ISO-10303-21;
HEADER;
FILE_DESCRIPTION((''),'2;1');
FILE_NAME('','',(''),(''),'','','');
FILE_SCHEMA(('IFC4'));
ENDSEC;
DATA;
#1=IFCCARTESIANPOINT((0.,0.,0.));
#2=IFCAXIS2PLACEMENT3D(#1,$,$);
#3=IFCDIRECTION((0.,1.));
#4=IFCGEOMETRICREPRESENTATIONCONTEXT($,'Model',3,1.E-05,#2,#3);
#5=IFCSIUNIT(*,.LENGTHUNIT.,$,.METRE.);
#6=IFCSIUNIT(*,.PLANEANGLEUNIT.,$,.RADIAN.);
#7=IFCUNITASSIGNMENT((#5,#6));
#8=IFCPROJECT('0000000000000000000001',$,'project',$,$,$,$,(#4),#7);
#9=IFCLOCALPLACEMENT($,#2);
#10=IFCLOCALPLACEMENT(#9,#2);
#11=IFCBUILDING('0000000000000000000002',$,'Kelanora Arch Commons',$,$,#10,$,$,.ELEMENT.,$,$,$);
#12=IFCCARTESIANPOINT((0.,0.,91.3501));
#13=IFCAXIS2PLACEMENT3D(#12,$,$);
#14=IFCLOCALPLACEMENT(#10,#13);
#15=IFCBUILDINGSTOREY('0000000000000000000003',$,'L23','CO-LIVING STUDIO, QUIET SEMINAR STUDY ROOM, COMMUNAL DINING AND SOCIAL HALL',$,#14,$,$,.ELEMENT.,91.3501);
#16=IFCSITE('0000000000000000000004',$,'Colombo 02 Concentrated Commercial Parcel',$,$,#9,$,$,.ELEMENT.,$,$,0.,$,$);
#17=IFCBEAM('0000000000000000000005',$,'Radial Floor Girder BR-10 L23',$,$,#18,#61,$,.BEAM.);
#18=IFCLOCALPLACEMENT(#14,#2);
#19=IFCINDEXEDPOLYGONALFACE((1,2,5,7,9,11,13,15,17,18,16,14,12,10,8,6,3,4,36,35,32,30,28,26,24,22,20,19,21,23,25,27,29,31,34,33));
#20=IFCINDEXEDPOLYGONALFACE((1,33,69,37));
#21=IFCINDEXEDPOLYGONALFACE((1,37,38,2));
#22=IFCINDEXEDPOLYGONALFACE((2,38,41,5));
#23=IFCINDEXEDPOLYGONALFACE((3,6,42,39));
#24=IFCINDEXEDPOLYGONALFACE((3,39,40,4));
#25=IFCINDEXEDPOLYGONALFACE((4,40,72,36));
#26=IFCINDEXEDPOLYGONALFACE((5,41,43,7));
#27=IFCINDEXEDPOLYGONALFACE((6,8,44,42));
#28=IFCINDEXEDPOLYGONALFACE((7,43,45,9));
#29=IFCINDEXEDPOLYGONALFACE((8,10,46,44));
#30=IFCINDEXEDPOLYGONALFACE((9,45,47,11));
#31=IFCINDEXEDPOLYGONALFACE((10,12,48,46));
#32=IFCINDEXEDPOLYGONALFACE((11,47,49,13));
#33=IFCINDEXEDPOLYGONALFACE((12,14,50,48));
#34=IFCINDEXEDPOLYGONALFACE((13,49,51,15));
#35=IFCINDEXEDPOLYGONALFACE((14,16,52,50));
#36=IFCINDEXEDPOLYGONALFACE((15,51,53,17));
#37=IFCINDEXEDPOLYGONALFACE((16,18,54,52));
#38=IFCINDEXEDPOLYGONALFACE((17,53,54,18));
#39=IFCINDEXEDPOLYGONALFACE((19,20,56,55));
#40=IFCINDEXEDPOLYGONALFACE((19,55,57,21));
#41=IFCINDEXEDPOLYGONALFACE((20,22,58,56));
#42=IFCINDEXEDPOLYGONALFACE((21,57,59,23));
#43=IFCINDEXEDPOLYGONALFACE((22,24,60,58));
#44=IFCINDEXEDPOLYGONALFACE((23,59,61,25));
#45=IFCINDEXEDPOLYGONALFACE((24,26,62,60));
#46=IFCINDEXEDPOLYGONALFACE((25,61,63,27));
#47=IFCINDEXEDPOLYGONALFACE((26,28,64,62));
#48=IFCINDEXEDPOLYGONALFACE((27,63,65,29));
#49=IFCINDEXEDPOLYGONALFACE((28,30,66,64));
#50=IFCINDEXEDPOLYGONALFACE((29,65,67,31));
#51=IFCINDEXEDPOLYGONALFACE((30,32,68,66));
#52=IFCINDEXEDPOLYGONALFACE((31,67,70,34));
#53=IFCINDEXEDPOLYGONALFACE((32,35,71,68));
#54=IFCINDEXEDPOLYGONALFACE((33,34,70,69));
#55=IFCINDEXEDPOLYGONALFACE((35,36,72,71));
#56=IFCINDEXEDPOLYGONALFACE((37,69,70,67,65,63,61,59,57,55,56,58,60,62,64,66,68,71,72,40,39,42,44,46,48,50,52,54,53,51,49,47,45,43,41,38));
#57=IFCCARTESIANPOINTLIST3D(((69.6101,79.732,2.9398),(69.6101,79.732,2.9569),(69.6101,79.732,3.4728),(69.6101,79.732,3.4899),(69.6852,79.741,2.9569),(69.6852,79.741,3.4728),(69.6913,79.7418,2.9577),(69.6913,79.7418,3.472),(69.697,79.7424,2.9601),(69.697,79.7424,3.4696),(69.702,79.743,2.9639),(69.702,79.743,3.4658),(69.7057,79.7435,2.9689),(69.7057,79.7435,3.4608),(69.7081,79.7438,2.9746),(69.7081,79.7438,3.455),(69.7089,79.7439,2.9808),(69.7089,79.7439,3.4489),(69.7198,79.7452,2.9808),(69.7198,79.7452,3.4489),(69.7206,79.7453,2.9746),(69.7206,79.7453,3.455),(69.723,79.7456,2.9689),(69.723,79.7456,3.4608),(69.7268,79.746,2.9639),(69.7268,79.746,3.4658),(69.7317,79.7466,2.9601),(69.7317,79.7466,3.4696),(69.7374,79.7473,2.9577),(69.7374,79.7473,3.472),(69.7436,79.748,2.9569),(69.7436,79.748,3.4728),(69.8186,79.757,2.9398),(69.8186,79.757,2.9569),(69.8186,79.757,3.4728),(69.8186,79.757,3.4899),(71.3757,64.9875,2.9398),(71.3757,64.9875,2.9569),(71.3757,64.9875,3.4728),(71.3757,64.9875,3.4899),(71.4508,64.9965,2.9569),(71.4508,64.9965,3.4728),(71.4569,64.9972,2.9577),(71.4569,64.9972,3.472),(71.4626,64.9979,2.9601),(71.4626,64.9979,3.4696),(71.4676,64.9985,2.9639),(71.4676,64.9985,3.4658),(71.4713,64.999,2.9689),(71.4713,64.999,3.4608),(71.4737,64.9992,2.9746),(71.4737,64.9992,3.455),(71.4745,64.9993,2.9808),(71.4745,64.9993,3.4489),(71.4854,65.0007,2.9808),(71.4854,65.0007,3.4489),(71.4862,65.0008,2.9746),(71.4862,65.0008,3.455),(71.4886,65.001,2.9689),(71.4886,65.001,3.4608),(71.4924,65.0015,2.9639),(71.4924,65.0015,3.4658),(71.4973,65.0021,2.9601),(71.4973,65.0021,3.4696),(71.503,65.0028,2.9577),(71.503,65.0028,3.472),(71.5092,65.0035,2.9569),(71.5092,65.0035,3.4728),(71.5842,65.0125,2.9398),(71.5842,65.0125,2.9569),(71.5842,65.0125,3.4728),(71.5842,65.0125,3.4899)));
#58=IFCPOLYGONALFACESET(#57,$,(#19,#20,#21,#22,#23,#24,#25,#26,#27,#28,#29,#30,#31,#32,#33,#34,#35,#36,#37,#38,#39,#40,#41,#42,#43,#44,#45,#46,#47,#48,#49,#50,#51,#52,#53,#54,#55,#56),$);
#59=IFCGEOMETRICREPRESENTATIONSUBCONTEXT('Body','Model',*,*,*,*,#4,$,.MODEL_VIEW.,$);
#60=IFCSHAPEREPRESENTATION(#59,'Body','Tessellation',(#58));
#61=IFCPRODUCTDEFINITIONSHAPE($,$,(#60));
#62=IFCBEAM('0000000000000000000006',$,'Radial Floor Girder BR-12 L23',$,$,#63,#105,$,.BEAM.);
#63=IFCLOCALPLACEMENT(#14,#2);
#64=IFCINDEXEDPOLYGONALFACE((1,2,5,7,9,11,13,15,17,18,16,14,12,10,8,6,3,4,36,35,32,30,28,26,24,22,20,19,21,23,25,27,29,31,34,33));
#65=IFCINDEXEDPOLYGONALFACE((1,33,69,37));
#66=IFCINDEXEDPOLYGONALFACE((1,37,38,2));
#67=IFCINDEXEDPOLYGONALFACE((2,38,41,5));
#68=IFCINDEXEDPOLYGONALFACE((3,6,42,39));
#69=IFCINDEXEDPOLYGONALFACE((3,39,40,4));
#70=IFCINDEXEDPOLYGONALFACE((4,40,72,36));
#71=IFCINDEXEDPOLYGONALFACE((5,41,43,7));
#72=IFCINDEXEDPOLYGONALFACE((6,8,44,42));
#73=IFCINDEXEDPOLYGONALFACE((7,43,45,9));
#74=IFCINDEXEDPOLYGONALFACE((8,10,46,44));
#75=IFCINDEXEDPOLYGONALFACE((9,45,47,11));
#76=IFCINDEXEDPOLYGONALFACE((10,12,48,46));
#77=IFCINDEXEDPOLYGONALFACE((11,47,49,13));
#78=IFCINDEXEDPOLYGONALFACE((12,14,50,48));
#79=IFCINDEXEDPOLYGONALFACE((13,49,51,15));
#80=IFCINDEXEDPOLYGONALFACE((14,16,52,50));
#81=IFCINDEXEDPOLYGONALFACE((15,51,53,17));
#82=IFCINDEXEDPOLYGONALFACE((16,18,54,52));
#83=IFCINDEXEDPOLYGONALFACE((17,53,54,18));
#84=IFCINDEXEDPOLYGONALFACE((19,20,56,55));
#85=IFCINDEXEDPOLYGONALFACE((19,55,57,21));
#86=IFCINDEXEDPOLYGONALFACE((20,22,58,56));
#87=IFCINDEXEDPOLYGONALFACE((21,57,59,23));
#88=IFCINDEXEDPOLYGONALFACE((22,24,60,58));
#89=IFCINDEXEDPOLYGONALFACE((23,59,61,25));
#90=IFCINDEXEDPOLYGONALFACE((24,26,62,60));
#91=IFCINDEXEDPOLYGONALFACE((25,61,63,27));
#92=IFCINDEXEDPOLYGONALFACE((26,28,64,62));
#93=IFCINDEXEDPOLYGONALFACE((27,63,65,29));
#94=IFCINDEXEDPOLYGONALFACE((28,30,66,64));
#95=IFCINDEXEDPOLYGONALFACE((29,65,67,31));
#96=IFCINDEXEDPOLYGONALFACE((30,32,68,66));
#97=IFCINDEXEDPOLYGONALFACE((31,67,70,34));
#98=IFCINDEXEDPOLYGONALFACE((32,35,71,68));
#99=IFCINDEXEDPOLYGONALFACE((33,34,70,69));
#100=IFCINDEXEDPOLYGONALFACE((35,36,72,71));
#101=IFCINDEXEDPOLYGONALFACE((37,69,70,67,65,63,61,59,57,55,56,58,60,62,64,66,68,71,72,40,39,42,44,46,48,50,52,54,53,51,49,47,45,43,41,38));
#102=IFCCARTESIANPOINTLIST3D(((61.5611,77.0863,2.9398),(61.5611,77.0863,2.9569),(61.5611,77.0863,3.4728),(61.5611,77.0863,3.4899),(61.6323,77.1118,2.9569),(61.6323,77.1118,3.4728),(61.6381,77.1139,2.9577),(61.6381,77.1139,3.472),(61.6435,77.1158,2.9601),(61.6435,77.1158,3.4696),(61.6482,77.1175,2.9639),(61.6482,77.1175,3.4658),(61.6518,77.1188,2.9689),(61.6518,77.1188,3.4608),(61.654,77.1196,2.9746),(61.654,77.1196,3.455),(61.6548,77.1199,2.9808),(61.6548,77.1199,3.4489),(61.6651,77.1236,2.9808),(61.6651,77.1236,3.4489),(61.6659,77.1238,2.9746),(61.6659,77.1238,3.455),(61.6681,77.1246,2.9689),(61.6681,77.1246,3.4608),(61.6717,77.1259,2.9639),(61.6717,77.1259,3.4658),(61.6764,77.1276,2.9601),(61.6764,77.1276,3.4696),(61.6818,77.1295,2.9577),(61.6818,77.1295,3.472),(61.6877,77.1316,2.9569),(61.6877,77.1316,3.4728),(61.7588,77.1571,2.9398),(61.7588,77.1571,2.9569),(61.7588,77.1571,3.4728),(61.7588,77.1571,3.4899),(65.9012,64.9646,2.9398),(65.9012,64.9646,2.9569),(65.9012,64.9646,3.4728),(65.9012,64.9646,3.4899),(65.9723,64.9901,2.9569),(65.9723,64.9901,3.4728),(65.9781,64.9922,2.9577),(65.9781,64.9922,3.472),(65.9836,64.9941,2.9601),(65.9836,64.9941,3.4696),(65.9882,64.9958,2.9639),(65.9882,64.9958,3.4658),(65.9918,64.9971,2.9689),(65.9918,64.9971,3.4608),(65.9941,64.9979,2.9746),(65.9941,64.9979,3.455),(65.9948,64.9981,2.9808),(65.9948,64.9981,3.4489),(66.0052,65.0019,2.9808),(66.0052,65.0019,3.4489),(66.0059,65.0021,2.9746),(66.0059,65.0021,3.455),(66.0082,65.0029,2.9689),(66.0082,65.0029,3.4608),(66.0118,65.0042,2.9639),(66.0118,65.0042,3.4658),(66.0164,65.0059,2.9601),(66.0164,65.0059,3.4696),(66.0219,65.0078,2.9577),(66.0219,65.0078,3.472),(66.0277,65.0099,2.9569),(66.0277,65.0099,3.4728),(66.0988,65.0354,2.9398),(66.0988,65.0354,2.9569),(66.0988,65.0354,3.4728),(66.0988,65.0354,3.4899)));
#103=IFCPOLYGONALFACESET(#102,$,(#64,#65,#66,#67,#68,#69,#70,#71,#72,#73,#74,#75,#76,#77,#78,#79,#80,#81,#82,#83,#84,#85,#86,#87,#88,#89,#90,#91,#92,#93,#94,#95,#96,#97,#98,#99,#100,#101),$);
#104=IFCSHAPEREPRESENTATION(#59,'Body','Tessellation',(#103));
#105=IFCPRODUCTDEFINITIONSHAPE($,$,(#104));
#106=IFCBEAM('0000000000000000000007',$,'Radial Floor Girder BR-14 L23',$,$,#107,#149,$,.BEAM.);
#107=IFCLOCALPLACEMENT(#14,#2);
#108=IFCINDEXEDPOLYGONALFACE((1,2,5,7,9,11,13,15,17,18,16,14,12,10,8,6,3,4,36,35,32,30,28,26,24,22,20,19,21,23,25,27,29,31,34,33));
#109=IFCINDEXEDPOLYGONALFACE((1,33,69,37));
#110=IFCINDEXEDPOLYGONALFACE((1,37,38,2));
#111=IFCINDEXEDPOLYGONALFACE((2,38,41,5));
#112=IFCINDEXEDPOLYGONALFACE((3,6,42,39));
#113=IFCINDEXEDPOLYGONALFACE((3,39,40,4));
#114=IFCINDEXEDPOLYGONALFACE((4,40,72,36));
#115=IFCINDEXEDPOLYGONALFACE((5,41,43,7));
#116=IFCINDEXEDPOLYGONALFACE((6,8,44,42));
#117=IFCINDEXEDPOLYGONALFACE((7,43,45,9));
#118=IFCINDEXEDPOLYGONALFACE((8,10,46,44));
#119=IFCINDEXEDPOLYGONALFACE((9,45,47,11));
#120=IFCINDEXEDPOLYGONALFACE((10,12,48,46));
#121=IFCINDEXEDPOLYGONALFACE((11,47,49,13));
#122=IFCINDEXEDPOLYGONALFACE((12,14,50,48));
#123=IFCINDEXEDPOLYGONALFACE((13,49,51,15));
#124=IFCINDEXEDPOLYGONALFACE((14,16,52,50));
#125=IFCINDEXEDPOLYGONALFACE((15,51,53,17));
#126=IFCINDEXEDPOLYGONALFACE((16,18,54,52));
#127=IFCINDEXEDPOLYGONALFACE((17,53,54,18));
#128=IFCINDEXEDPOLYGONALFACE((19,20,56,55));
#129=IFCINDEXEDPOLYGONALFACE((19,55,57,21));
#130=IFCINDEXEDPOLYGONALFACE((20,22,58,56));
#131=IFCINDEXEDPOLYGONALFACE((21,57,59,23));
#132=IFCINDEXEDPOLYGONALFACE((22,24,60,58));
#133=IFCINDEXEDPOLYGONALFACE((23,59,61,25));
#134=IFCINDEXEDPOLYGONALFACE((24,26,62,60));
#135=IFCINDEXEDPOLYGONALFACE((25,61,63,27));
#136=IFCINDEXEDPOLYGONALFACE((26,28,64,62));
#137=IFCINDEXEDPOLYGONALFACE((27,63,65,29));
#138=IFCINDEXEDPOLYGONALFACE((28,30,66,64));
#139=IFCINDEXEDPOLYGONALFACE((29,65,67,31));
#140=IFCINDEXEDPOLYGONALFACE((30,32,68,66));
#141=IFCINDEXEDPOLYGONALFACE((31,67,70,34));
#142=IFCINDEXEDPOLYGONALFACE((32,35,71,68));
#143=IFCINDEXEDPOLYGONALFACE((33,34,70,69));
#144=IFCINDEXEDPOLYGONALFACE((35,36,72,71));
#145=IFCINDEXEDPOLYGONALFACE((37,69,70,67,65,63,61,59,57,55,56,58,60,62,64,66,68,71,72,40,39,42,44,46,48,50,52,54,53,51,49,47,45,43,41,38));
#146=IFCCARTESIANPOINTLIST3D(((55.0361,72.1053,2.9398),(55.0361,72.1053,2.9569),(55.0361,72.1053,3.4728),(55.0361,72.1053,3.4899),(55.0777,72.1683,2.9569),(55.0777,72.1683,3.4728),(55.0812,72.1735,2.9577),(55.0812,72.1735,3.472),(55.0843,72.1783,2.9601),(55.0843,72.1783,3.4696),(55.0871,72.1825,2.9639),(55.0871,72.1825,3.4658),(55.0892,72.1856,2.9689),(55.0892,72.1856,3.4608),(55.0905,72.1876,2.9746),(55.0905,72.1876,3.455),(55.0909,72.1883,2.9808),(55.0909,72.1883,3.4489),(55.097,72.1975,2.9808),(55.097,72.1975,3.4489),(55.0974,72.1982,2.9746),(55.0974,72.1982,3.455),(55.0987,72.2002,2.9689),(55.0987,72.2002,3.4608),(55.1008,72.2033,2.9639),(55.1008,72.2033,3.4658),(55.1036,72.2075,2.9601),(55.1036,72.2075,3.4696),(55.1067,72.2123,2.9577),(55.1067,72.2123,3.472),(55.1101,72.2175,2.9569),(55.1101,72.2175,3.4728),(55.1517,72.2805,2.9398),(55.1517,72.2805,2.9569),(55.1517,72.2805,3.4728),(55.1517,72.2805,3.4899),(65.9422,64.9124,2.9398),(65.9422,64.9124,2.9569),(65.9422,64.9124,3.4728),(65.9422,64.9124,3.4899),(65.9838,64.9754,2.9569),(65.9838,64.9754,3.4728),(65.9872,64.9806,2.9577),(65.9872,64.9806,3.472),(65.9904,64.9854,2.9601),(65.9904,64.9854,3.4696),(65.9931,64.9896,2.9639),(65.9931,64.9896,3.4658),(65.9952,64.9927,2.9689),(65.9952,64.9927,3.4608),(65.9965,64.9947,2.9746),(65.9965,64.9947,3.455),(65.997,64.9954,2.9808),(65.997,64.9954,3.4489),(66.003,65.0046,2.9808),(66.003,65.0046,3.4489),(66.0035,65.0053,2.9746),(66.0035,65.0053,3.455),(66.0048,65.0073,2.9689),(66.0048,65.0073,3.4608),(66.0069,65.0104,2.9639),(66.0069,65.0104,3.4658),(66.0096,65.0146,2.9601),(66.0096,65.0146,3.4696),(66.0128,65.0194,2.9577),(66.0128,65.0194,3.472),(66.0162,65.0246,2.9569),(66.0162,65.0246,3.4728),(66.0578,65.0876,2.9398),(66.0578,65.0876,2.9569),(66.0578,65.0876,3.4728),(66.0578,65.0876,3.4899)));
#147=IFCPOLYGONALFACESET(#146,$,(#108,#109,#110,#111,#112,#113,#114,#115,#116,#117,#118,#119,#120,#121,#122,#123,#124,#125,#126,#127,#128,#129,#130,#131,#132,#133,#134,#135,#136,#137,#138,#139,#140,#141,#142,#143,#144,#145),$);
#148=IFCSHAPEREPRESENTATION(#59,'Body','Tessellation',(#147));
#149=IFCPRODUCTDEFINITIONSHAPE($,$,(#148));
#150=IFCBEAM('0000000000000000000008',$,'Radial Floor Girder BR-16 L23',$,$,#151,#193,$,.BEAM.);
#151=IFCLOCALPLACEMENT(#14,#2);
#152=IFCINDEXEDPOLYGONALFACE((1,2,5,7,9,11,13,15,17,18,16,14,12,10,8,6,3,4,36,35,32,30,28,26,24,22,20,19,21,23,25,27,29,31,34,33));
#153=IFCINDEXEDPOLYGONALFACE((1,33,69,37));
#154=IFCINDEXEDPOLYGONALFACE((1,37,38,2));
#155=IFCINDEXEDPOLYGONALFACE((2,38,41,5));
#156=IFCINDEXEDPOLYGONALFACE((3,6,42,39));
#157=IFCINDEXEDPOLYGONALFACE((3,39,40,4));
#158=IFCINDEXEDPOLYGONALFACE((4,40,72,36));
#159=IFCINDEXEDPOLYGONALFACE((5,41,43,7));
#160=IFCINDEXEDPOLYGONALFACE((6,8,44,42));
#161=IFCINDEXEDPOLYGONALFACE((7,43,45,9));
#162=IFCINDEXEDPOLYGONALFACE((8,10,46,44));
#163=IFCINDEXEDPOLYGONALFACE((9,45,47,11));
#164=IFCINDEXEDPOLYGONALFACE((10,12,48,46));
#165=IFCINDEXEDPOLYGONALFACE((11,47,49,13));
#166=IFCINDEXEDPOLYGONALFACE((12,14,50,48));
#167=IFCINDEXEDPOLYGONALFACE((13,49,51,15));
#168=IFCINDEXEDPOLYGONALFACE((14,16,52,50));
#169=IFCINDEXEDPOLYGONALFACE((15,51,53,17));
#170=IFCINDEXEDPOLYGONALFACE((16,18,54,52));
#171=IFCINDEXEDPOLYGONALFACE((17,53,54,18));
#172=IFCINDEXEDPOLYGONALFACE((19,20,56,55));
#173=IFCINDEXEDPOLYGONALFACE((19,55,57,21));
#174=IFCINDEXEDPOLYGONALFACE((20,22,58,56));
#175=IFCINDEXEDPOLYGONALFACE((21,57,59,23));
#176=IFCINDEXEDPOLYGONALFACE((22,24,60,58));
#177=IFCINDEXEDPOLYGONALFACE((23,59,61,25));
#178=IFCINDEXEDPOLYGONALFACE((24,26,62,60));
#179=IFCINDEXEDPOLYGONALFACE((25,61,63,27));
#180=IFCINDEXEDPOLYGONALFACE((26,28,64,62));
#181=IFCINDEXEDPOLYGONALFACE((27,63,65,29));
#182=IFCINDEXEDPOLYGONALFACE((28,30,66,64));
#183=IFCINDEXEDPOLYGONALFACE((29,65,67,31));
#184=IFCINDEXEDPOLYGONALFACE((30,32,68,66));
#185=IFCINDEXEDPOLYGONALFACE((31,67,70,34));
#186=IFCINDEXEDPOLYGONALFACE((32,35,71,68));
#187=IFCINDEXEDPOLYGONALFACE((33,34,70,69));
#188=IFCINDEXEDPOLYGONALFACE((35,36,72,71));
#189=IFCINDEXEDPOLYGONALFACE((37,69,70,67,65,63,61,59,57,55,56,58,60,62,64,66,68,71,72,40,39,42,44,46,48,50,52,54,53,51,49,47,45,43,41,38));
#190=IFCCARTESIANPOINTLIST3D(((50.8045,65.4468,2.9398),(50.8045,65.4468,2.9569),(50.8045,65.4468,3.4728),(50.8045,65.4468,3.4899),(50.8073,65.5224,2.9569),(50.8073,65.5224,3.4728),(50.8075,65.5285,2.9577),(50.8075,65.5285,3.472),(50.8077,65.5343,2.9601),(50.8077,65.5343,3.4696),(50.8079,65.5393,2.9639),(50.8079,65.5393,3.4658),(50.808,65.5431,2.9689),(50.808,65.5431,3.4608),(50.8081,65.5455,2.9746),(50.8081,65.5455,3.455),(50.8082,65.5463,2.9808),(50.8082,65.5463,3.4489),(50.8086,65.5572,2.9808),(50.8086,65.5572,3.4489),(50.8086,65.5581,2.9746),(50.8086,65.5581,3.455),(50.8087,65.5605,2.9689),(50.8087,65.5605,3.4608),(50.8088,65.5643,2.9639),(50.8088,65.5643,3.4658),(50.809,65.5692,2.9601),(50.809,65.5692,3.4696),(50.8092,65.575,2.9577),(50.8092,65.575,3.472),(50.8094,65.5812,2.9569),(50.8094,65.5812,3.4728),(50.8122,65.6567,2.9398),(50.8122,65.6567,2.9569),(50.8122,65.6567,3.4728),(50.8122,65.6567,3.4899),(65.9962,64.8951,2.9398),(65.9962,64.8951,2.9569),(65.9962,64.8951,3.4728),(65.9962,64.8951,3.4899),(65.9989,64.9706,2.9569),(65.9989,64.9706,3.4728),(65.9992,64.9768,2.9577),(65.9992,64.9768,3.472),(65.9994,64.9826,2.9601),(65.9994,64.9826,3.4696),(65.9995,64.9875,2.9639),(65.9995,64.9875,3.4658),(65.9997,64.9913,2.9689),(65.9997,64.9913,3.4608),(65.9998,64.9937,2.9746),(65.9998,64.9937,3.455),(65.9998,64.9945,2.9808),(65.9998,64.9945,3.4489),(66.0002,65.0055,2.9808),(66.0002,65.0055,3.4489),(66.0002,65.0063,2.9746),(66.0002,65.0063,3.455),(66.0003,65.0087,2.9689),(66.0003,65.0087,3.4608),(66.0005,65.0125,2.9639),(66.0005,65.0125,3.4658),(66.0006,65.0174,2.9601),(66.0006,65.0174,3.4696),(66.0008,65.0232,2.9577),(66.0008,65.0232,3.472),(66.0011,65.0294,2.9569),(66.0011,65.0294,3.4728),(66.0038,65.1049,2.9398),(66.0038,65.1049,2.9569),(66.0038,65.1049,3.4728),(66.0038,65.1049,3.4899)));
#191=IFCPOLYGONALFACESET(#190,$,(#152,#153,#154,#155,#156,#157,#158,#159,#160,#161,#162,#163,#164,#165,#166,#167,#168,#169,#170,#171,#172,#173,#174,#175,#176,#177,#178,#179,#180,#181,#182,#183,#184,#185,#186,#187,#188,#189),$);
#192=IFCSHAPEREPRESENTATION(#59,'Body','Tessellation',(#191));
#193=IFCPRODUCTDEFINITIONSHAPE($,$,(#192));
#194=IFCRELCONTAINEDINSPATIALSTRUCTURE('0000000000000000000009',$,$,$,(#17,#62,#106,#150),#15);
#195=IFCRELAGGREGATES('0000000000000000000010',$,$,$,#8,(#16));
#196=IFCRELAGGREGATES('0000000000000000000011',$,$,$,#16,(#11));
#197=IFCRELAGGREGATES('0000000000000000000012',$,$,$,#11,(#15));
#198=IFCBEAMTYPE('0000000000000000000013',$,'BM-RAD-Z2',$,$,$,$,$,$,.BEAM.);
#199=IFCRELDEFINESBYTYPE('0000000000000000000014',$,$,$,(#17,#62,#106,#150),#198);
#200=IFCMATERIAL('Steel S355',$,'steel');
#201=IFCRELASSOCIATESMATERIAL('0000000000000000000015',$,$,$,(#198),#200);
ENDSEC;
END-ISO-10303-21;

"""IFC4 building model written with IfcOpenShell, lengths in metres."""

from ifc_helpers import new_model, si_unit, direction, frame, origin, origin_2d, place, context, subcontext, project, spatial, i_section, extrude, material, material_profile, profile_set, type_object, element, save


model = new_model("IFC4")

# Units and contexts
model_context = context("Model", 3, precision=1e-05, world=origin(), true_north=direction((0.0, 1.0)))
body_context = subcontext(model_context, "Body", "Model", "MODEL_VIEW")
ifc_project = project(units=[si_unit("LENGTHUNIT", "METRE"), si_unit("PLANEANGLEUNIT", "RADIAN")], contexts=[model_context])

# Site, building, storey
site_placement = place(None, origin())
site = spatial("IfcSite", under=ifc_project, at=site_placement, Name="Colombo 02 Concentrated Commercial Parcel", CompositionType="ELEMENT", RefElevation=0.0)
building_placement = place(site_placement, origin())
building = spatial("IfcBuilding", under=site, at=building_placement, Name="Kelanora Arch Commons", CompositionType="ELEMENT")
storey_placement = place(building_placement, frame((0.0, 0.0, 91.3501)))
storey = spatial("IfcBuildingStorey", under=building, at=storey_placement, Name="L23", Description="CO-LIVING STUDIO, QUIET SEMINAR STUDY ROOM, COMMUNAL DINING AND SOCIAL HALL", CompositionType="ELEMENT", Elevation=91.3501)

# Beams
ifc_material_1 = material(Name="Steel S355", Category="steel")
ifc_material_profile_1 = material_profile(ifc_material_1, i_section(OverallWidth=0.21, OverallDepth=0.55, WebThickness=0.011, FlangeThickness=0.0171, FilletRadius=0.0239, at=origin_2d()), Name="IPE550")
ifc_profile_set_1 = profile_set([ifc_material_profile_1], Name="Steel S355")
beam_type_1 = type_object("IfcBeamType", Name="BM-RAD-Z2", PredefinedType="BEAM", material=ifc_profile_set_1)
beam_1_placement = place(storey_placement, frame((71.48, 65.0, 3.2148), z_axis=(-0.118898, 0.992907, 0.0), x_axis=(-0.992907, -0.118898, 0.0)))
element("IfcBeam", 1, at=beam_1_placement, inside=storey, type_object=beam_type_1, Name="Radial Floor Girder BR-10 L23", PredefinedType="BEAM", context=body_context, shape_type="SweptSolid", body=[
    extrude(i_section(OverallWidth=0.21, OverallDepth=0.55, WebThickness=0.011, FlangeThickness=0.0171, FilletRadius=0.0239, at=origin_2d()), origin(), (0.0, 0.0, 1.0), 14.8499),
])
beam_2_placement = place(storey_placement, frame((66.0, 65.0, 3.2148), z_axis=(-0.337085, 0.941474, 0.0), x_axis=(-0.941474, -0.337085, 0.0)))
element("IfcBeam", 2, at=beam_2_placement, inside=storey, type_object=beam_type_1, Name="Radial Floor Girder BR-12 L23", PredefinedType="BEAM", context=body_context, shape_type="SweptSolid", body=[
    extrude(i_section(OverallWidth=0.21, OverallDepth=0.55, WebThickness=0.011, FlangeThickness=0.0171, FilletRadius=0.0239, at=origin_2d()), origin(), (0.0, 0.0, 1.0), 12.8752),
])
beam_3_placement = place(storey_placement, frame((66.0, 65.0, 3.2148), z_axis=(-0.834789, 0.550571, 0.0), x_axis=(-0.550571, -0.834789, 0.0)))
element("IfcBeam", 3, at=beam_3_placement, inside=storey, type_object=beam_type_1, Name="Radial Floor Girder BR-14 L23", PredefinedType="BEAM", context=body_context, shape_type="SweptSolid", body=[
    extrude(i_section(OverallWidth=0.21, OverallDepth=0.55, WebThickness=0.011, FlangeThickness=0.0171, FilletRadius=0.0239, at=origin_2d()), origin(), (0.0, 0.0, 1.0), 13.0645),
])
beam_4_placement = place(storey_placement, frame((66.0, 65.0, 3.2148), z_axis=(-0.999341, 0.036296, 0.0), x_axis=(-0.036296, -0.999341, 0.0)))
element("IfcBeam", 4, at=beam_4_placement, inside=storey, type_object=beam_type_1, Name="Radial Floor Girder BR-16 L23", PredefinedType="BEAM", context=body_context, shape_type="SweptSolid", body=[
    extrude(i_section(OverallWidth=0.21, OverallDepth=0.55, WebThickness=0.011, FlangeThickness=0.0171, FilletRadius=0.0239, at=origin_2d()), origin(), (0.0, 0.0, 1.0), 15.2017),
])

save(model, "model.ifc")
